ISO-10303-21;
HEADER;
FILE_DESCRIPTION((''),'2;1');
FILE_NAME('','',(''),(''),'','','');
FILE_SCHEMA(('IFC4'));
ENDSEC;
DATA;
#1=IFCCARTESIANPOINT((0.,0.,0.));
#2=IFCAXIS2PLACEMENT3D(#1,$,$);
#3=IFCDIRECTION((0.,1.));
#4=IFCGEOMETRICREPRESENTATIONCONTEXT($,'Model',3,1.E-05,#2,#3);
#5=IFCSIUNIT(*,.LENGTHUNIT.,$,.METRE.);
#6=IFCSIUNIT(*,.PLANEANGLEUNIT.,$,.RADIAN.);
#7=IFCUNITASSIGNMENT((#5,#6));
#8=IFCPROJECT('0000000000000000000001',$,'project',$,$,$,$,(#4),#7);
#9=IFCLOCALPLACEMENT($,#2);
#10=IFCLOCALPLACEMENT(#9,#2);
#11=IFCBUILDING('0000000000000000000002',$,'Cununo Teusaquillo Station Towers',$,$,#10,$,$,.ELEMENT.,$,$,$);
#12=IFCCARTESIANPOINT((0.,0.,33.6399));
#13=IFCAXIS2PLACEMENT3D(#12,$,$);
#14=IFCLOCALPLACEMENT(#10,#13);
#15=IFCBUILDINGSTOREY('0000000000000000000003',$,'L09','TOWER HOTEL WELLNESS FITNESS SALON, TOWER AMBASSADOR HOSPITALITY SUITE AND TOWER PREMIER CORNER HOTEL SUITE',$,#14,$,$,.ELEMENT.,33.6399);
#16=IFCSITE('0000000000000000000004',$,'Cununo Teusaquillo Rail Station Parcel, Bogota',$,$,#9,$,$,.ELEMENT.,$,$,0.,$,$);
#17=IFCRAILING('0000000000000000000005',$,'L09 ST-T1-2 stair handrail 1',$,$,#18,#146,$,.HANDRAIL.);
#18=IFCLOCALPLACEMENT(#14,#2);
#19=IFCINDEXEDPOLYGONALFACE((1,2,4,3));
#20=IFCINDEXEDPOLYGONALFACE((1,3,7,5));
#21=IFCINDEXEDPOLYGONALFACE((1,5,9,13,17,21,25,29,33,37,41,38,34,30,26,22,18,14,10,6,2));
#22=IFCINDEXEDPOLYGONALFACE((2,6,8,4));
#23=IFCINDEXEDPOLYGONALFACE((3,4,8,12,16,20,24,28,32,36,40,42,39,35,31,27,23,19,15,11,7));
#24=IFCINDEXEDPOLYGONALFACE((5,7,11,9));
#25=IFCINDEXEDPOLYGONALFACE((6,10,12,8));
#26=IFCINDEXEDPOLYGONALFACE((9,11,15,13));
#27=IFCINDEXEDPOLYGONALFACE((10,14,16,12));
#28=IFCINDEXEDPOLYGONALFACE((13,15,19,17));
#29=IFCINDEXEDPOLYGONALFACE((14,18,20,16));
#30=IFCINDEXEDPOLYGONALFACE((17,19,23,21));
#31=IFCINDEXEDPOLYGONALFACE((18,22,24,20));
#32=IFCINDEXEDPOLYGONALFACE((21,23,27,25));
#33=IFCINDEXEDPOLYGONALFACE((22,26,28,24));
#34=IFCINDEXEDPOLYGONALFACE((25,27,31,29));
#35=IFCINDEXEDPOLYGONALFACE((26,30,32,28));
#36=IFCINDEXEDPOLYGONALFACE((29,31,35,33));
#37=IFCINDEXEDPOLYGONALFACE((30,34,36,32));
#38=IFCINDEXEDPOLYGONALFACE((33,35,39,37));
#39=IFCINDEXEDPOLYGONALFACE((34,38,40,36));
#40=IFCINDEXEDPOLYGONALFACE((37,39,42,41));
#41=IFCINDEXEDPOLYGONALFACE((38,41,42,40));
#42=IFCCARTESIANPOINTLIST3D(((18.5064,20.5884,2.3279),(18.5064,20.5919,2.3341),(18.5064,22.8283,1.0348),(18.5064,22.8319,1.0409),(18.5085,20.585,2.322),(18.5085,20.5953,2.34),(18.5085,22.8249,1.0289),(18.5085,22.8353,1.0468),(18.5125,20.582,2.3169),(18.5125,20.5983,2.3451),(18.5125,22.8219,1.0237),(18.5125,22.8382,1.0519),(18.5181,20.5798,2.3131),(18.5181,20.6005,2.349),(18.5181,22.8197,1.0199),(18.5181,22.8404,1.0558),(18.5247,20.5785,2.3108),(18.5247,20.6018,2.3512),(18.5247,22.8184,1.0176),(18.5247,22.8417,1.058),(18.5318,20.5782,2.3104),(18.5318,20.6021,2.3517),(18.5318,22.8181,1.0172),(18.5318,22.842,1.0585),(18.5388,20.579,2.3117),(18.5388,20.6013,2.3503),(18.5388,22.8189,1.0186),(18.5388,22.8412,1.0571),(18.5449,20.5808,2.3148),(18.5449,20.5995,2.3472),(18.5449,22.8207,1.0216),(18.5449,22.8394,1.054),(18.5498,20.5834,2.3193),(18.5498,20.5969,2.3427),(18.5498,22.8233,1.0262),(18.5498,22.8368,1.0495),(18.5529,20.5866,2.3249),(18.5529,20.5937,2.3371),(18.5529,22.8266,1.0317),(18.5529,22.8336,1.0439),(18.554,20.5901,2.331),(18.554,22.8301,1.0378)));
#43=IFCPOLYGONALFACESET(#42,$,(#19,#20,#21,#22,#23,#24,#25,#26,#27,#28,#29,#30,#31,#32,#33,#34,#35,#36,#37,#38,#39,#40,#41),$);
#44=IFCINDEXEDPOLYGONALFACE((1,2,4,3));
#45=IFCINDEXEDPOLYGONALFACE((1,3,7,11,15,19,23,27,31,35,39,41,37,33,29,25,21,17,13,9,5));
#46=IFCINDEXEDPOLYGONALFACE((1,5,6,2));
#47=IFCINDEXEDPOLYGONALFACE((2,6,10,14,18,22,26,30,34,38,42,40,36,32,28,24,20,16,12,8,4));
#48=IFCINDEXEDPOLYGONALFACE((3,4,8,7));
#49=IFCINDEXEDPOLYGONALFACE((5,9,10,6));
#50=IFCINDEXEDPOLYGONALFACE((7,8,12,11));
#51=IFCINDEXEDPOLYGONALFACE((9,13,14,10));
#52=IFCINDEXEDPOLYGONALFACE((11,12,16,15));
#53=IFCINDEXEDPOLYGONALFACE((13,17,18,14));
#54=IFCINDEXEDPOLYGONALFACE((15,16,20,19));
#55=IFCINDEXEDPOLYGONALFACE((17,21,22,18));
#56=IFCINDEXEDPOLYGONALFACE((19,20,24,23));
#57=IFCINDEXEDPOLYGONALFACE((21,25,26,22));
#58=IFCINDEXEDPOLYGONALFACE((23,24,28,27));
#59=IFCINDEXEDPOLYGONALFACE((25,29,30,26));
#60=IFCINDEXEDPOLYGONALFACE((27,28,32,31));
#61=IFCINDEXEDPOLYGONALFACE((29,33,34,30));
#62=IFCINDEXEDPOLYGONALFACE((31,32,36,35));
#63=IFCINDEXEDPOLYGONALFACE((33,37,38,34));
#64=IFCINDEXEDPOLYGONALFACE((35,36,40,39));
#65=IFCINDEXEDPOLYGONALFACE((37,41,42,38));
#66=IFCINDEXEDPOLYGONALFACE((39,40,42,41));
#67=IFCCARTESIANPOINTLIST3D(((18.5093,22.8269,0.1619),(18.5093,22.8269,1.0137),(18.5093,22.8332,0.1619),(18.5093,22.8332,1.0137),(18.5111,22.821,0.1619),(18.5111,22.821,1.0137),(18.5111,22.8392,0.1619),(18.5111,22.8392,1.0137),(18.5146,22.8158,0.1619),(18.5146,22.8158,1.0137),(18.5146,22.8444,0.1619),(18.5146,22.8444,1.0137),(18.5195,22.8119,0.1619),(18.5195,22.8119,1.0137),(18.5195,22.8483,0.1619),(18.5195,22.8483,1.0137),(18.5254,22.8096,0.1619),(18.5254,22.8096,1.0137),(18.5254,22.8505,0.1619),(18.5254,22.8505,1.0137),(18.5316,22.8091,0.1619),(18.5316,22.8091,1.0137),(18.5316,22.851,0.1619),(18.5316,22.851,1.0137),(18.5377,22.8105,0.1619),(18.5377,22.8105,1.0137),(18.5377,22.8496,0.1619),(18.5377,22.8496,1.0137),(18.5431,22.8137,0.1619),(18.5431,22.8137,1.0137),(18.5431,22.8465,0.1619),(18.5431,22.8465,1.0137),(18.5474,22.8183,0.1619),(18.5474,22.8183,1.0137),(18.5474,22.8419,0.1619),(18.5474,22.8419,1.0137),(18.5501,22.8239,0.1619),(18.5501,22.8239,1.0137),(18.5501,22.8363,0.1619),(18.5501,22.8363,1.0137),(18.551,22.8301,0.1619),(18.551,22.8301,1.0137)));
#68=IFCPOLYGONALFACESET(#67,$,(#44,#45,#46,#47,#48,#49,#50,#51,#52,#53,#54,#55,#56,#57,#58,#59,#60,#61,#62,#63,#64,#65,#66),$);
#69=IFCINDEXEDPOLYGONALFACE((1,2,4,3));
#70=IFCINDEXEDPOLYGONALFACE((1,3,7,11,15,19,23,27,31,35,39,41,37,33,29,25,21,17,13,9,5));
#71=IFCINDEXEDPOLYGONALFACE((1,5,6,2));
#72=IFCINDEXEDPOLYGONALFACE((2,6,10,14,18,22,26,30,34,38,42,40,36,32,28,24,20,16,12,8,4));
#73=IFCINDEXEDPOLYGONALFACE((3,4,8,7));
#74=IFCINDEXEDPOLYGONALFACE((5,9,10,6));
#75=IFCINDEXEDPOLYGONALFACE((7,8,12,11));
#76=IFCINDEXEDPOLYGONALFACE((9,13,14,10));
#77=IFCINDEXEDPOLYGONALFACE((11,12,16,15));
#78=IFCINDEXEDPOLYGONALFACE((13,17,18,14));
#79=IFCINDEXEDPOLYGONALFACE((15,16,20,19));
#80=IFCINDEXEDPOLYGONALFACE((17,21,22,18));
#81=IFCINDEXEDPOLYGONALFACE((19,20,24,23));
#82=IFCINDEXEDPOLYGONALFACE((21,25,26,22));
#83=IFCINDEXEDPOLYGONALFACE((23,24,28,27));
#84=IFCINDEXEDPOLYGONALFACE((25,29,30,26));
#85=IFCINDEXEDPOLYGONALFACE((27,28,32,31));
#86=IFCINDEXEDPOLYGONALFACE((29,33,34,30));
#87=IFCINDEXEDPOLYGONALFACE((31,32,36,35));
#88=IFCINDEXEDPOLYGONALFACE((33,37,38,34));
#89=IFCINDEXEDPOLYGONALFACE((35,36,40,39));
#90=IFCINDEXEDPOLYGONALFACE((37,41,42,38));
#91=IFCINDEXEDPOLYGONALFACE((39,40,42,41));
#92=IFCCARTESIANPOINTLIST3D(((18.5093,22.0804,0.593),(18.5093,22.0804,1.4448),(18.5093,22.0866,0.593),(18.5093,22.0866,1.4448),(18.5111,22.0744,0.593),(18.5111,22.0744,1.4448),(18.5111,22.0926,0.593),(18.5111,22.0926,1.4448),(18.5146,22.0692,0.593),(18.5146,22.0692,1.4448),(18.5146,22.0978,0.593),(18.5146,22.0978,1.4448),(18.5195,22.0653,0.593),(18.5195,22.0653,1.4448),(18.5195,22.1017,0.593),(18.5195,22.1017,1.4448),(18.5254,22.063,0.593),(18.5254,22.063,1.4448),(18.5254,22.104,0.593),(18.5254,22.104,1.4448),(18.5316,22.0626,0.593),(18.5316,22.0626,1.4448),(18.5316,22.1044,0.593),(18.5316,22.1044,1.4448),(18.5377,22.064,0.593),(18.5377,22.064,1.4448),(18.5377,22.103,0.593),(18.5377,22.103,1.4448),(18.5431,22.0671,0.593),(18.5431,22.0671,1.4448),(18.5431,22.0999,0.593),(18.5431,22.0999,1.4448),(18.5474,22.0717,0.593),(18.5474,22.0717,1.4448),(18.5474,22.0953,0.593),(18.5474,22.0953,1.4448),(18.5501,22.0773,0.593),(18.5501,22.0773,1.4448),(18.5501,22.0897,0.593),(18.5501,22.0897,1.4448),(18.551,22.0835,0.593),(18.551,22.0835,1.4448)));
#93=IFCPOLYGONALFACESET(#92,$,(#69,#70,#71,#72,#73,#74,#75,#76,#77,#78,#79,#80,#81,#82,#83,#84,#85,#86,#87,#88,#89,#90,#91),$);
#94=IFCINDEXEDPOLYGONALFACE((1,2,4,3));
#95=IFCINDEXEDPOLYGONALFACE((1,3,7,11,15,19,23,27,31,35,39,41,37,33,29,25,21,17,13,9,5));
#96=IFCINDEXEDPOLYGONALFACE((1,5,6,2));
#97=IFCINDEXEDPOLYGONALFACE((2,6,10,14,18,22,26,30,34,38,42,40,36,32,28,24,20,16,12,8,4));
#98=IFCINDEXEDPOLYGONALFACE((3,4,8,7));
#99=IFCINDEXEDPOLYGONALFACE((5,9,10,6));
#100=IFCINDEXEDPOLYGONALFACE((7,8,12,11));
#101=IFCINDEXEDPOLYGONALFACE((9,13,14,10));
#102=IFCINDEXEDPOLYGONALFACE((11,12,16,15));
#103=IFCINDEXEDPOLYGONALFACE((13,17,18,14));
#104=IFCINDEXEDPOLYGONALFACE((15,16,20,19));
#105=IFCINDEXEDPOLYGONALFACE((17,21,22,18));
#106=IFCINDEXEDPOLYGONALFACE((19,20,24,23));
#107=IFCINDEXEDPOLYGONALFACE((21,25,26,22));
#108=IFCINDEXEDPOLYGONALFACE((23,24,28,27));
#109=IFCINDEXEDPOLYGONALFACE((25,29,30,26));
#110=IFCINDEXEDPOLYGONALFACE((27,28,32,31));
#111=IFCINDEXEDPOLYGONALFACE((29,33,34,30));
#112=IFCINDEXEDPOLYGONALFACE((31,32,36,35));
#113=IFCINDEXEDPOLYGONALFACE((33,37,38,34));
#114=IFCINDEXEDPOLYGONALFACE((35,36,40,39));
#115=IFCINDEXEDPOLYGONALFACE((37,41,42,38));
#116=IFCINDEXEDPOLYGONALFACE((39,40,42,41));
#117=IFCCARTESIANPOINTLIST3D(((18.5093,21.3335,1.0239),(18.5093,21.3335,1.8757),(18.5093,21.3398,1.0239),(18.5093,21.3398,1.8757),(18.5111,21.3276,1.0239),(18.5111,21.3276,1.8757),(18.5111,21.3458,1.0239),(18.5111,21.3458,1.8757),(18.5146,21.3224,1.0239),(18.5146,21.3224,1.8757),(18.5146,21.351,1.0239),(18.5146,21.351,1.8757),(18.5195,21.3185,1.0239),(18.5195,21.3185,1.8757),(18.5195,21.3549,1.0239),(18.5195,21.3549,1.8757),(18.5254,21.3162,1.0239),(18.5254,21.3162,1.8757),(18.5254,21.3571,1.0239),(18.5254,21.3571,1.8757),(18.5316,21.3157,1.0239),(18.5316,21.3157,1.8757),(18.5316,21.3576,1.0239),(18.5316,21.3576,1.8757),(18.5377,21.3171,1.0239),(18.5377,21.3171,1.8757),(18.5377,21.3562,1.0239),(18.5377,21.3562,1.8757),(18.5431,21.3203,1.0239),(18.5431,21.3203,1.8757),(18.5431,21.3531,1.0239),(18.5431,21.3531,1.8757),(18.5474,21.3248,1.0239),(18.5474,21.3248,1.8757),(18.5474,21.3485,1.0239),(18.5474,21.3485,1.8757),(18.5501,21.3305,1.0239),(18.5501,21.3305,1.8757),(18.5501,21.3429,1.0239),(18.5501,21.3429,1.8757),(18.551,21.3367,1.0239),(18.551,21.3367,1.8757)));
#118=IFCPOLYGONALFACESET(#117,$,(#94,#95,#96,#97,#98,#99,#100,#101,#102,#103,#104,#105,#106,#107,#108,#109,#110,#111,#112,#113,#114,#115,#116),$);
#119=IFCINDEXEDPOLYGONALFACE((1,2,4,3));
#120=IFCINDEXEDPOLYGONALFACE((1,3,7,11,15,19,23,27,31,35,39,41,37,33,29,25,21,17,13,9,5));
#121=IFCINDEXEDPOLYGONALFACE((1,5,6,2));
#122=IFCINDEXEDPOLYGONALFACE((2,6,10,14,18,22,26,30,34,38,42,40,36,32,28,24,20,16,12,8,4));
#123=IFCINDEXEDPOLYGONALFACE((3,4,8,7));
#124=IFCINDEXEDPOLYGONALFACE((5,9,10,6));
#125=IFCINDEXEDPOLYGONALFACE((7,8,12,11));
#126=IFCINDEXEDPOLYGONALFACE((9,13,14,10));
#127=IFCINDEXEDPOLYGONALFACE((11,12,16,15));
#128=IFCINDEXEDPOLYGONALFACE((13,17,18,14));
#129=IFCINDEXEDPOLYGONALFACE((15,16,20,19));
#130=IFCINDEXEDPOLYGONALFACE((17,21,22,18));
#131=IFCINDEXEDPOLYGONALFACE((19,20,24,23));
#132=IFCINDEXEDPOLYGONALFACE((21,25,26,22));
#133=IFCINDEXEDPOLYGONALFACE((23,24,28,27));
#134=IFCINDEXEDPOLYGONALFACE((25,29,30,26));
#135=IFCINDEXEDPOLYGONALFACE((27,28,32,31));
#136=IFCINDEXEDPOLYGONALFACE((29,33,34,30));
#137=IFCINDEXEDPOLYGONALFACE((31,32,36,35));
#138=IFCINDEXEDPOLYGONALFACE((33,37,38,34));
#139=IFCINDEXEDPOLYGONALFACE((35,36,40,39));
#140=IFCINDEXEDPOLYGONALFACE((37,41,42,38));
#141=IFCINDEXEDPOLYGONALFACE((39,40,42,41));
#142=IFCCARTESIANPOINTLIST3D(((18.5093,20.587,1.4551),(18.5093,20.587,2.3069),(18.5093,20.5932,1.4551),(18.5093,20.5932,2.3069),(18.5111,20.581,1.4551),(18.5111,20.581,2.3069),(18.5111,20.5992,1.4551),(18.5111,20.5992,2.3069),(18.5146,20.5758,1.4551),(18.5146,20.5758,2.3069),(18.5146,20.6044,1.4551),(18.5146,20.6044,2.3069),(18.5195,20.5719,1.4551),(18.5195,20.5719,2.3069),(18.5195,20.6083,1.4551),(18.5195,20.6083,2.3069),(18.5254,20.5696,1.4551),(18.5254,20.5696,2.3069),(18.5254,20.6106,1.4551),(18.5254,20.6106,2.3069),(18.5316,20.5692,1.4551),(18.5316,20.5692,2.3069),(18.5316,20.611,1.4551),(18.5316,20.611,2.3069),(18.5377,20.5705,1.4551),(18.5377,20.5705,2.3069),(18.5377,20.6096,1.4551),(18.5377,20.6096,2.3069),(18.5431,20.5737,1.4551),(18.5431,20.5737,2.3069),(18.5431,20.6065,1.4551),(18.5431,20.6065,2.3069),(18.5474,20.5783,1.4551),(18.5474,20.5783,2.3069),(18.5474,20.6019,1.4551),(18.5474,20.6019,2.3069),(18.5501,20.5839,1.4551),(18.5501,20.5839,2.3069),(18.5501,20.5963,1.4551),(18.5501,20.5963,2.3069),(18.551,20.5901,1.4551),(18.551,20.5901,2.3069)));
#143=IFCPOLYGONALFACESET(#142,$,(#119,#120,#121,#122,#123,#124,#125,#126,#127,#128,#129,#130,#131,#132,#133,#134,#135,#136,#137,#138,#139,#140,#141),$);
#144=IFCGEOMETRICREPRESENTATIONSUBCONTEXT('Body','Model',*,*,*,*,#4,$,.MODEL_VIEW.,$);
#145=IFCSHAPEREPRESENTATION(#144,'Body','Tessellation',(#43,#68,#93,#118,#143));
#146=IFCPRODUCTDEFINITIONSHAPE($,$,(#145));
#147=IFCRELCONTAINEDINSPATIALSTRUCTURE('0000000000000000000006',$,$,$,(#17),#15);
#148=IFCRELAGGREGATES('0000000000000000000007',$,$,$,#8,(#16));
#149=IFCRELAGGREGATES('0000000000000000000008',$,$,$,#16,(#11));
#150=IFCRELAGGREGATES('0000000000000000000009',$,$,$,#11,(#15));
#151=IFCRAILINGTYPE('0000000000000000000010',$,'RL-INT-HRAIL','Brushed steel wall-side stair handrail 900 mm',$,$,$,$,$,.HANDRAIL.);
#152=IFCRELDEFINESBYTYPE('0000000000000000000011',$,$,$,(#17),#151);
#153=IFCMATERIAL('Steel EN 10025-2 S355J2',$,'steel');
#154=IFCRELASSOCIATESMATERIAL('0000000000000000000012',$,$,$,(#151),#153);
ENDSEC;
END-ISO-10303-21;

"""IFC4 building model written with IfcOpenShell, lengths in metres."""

from ifc_helpers import new_model, si_unit, direction, frame, origin, origin_2d, place, context, subcontext, project, spatial, circle, extrude, material, type_object, element, save


model = new_model("IFC4")

# Units and contexts
model_context = context("Model", 3, precision=1e-05, world=origin(), true_north=direction((0.0, 1.0)))
body_context = subcontext(model_context, "Body", "Model", "MODEL_VIEW")
ifc_project = project(units=[si_unit("LENGTHUNIT", "METRE"), si_unit("PLANEANGLEUNIT", "RADIAN")], contexts=[model_context])

# Site, building, storey
site_placement = place(None, origin())
site = spatial("IfcSite", under=ifc_project, at=site_placement, Name="Cununo Teusaquillo Rail Station Parcel, Bogota", CompositionType="ELEMENT", RefElevation=0.0)
building_placement = place(site_placement, origin())
building = spatial("IfcBuilding", under=site, at=building_placement, Name="Cununo Teusaquillo Station Towers", CompositionType="ELEMENT")
storey_placement = place(building_placement, frame((0.0, 0.0, 33.6399)))
storey = spatial("IfcBuildingStorey", under=building, at=storey_placement, Name="L09", Description="TOWER HOTEL WELLNESS FITNESS SALON, TOWER AMBASSADOR HOSPITALITY SUITE AND TOWER PREMIER CORNER HOTEL SUITE", CompositionType="ELEMENT", Elevation=33.6399)

# Railing
ifc_material_1 = material(Name="Steel EN 10025-2 S355J2", Category="steel")
railing_type_1 = type_object("IfcRailingType", Name="RL-INT-HRAIL", Description="Brushed steel wall-side stair handrail 900 mm", PredefinedType="HANDRAIL", material=ifc_material_1)
railing_1_placement = place(storey_placement, frame((18.53, 22.8301, 0.1619)))
element("IfcRailing", 1, at=railing_1_placement, inside=storey, type_object=railing_type_1, Name="L09 ST-T1-2 stair handrail 1", PredefinedType="HANDRAIL", context=body_context, shape_type="SweptSolid", body=[
    extrude(circle(Radius=0.0239, at=origin_2d()), frame((0.0, 0.0, 0.876), z_axis=(0.0, -0.866033, 0.499987), x_axis=(1.0, 0.0, 0.0)), (0.0, 0.0, 1.0), 2.5864),
    extrude(circle(Radius=0.021, at=origin_2d()), origin(), (0.0, 0.0, 1.0), 0.8518),
    extrude(circle(Radius=0.021, at=origin_2d()), frame((0.0, -0.7466, 0.4312)), (0.0, 0.0, 1.0), 0.8518),
    extrude(circle(Radius=0.021, at=origin_2d()), frame((0.0, -1.4934, 0.8621)), (0.0, 0.0, 1.0), 0.8518),
    extrude(circle(Radius=0.021, at=origin_2d()), frame((0.0, -2.24, 1.2932)), (0.0, 0.0, 1.0), 0.8518),
])

save(model, "model.ifc")
